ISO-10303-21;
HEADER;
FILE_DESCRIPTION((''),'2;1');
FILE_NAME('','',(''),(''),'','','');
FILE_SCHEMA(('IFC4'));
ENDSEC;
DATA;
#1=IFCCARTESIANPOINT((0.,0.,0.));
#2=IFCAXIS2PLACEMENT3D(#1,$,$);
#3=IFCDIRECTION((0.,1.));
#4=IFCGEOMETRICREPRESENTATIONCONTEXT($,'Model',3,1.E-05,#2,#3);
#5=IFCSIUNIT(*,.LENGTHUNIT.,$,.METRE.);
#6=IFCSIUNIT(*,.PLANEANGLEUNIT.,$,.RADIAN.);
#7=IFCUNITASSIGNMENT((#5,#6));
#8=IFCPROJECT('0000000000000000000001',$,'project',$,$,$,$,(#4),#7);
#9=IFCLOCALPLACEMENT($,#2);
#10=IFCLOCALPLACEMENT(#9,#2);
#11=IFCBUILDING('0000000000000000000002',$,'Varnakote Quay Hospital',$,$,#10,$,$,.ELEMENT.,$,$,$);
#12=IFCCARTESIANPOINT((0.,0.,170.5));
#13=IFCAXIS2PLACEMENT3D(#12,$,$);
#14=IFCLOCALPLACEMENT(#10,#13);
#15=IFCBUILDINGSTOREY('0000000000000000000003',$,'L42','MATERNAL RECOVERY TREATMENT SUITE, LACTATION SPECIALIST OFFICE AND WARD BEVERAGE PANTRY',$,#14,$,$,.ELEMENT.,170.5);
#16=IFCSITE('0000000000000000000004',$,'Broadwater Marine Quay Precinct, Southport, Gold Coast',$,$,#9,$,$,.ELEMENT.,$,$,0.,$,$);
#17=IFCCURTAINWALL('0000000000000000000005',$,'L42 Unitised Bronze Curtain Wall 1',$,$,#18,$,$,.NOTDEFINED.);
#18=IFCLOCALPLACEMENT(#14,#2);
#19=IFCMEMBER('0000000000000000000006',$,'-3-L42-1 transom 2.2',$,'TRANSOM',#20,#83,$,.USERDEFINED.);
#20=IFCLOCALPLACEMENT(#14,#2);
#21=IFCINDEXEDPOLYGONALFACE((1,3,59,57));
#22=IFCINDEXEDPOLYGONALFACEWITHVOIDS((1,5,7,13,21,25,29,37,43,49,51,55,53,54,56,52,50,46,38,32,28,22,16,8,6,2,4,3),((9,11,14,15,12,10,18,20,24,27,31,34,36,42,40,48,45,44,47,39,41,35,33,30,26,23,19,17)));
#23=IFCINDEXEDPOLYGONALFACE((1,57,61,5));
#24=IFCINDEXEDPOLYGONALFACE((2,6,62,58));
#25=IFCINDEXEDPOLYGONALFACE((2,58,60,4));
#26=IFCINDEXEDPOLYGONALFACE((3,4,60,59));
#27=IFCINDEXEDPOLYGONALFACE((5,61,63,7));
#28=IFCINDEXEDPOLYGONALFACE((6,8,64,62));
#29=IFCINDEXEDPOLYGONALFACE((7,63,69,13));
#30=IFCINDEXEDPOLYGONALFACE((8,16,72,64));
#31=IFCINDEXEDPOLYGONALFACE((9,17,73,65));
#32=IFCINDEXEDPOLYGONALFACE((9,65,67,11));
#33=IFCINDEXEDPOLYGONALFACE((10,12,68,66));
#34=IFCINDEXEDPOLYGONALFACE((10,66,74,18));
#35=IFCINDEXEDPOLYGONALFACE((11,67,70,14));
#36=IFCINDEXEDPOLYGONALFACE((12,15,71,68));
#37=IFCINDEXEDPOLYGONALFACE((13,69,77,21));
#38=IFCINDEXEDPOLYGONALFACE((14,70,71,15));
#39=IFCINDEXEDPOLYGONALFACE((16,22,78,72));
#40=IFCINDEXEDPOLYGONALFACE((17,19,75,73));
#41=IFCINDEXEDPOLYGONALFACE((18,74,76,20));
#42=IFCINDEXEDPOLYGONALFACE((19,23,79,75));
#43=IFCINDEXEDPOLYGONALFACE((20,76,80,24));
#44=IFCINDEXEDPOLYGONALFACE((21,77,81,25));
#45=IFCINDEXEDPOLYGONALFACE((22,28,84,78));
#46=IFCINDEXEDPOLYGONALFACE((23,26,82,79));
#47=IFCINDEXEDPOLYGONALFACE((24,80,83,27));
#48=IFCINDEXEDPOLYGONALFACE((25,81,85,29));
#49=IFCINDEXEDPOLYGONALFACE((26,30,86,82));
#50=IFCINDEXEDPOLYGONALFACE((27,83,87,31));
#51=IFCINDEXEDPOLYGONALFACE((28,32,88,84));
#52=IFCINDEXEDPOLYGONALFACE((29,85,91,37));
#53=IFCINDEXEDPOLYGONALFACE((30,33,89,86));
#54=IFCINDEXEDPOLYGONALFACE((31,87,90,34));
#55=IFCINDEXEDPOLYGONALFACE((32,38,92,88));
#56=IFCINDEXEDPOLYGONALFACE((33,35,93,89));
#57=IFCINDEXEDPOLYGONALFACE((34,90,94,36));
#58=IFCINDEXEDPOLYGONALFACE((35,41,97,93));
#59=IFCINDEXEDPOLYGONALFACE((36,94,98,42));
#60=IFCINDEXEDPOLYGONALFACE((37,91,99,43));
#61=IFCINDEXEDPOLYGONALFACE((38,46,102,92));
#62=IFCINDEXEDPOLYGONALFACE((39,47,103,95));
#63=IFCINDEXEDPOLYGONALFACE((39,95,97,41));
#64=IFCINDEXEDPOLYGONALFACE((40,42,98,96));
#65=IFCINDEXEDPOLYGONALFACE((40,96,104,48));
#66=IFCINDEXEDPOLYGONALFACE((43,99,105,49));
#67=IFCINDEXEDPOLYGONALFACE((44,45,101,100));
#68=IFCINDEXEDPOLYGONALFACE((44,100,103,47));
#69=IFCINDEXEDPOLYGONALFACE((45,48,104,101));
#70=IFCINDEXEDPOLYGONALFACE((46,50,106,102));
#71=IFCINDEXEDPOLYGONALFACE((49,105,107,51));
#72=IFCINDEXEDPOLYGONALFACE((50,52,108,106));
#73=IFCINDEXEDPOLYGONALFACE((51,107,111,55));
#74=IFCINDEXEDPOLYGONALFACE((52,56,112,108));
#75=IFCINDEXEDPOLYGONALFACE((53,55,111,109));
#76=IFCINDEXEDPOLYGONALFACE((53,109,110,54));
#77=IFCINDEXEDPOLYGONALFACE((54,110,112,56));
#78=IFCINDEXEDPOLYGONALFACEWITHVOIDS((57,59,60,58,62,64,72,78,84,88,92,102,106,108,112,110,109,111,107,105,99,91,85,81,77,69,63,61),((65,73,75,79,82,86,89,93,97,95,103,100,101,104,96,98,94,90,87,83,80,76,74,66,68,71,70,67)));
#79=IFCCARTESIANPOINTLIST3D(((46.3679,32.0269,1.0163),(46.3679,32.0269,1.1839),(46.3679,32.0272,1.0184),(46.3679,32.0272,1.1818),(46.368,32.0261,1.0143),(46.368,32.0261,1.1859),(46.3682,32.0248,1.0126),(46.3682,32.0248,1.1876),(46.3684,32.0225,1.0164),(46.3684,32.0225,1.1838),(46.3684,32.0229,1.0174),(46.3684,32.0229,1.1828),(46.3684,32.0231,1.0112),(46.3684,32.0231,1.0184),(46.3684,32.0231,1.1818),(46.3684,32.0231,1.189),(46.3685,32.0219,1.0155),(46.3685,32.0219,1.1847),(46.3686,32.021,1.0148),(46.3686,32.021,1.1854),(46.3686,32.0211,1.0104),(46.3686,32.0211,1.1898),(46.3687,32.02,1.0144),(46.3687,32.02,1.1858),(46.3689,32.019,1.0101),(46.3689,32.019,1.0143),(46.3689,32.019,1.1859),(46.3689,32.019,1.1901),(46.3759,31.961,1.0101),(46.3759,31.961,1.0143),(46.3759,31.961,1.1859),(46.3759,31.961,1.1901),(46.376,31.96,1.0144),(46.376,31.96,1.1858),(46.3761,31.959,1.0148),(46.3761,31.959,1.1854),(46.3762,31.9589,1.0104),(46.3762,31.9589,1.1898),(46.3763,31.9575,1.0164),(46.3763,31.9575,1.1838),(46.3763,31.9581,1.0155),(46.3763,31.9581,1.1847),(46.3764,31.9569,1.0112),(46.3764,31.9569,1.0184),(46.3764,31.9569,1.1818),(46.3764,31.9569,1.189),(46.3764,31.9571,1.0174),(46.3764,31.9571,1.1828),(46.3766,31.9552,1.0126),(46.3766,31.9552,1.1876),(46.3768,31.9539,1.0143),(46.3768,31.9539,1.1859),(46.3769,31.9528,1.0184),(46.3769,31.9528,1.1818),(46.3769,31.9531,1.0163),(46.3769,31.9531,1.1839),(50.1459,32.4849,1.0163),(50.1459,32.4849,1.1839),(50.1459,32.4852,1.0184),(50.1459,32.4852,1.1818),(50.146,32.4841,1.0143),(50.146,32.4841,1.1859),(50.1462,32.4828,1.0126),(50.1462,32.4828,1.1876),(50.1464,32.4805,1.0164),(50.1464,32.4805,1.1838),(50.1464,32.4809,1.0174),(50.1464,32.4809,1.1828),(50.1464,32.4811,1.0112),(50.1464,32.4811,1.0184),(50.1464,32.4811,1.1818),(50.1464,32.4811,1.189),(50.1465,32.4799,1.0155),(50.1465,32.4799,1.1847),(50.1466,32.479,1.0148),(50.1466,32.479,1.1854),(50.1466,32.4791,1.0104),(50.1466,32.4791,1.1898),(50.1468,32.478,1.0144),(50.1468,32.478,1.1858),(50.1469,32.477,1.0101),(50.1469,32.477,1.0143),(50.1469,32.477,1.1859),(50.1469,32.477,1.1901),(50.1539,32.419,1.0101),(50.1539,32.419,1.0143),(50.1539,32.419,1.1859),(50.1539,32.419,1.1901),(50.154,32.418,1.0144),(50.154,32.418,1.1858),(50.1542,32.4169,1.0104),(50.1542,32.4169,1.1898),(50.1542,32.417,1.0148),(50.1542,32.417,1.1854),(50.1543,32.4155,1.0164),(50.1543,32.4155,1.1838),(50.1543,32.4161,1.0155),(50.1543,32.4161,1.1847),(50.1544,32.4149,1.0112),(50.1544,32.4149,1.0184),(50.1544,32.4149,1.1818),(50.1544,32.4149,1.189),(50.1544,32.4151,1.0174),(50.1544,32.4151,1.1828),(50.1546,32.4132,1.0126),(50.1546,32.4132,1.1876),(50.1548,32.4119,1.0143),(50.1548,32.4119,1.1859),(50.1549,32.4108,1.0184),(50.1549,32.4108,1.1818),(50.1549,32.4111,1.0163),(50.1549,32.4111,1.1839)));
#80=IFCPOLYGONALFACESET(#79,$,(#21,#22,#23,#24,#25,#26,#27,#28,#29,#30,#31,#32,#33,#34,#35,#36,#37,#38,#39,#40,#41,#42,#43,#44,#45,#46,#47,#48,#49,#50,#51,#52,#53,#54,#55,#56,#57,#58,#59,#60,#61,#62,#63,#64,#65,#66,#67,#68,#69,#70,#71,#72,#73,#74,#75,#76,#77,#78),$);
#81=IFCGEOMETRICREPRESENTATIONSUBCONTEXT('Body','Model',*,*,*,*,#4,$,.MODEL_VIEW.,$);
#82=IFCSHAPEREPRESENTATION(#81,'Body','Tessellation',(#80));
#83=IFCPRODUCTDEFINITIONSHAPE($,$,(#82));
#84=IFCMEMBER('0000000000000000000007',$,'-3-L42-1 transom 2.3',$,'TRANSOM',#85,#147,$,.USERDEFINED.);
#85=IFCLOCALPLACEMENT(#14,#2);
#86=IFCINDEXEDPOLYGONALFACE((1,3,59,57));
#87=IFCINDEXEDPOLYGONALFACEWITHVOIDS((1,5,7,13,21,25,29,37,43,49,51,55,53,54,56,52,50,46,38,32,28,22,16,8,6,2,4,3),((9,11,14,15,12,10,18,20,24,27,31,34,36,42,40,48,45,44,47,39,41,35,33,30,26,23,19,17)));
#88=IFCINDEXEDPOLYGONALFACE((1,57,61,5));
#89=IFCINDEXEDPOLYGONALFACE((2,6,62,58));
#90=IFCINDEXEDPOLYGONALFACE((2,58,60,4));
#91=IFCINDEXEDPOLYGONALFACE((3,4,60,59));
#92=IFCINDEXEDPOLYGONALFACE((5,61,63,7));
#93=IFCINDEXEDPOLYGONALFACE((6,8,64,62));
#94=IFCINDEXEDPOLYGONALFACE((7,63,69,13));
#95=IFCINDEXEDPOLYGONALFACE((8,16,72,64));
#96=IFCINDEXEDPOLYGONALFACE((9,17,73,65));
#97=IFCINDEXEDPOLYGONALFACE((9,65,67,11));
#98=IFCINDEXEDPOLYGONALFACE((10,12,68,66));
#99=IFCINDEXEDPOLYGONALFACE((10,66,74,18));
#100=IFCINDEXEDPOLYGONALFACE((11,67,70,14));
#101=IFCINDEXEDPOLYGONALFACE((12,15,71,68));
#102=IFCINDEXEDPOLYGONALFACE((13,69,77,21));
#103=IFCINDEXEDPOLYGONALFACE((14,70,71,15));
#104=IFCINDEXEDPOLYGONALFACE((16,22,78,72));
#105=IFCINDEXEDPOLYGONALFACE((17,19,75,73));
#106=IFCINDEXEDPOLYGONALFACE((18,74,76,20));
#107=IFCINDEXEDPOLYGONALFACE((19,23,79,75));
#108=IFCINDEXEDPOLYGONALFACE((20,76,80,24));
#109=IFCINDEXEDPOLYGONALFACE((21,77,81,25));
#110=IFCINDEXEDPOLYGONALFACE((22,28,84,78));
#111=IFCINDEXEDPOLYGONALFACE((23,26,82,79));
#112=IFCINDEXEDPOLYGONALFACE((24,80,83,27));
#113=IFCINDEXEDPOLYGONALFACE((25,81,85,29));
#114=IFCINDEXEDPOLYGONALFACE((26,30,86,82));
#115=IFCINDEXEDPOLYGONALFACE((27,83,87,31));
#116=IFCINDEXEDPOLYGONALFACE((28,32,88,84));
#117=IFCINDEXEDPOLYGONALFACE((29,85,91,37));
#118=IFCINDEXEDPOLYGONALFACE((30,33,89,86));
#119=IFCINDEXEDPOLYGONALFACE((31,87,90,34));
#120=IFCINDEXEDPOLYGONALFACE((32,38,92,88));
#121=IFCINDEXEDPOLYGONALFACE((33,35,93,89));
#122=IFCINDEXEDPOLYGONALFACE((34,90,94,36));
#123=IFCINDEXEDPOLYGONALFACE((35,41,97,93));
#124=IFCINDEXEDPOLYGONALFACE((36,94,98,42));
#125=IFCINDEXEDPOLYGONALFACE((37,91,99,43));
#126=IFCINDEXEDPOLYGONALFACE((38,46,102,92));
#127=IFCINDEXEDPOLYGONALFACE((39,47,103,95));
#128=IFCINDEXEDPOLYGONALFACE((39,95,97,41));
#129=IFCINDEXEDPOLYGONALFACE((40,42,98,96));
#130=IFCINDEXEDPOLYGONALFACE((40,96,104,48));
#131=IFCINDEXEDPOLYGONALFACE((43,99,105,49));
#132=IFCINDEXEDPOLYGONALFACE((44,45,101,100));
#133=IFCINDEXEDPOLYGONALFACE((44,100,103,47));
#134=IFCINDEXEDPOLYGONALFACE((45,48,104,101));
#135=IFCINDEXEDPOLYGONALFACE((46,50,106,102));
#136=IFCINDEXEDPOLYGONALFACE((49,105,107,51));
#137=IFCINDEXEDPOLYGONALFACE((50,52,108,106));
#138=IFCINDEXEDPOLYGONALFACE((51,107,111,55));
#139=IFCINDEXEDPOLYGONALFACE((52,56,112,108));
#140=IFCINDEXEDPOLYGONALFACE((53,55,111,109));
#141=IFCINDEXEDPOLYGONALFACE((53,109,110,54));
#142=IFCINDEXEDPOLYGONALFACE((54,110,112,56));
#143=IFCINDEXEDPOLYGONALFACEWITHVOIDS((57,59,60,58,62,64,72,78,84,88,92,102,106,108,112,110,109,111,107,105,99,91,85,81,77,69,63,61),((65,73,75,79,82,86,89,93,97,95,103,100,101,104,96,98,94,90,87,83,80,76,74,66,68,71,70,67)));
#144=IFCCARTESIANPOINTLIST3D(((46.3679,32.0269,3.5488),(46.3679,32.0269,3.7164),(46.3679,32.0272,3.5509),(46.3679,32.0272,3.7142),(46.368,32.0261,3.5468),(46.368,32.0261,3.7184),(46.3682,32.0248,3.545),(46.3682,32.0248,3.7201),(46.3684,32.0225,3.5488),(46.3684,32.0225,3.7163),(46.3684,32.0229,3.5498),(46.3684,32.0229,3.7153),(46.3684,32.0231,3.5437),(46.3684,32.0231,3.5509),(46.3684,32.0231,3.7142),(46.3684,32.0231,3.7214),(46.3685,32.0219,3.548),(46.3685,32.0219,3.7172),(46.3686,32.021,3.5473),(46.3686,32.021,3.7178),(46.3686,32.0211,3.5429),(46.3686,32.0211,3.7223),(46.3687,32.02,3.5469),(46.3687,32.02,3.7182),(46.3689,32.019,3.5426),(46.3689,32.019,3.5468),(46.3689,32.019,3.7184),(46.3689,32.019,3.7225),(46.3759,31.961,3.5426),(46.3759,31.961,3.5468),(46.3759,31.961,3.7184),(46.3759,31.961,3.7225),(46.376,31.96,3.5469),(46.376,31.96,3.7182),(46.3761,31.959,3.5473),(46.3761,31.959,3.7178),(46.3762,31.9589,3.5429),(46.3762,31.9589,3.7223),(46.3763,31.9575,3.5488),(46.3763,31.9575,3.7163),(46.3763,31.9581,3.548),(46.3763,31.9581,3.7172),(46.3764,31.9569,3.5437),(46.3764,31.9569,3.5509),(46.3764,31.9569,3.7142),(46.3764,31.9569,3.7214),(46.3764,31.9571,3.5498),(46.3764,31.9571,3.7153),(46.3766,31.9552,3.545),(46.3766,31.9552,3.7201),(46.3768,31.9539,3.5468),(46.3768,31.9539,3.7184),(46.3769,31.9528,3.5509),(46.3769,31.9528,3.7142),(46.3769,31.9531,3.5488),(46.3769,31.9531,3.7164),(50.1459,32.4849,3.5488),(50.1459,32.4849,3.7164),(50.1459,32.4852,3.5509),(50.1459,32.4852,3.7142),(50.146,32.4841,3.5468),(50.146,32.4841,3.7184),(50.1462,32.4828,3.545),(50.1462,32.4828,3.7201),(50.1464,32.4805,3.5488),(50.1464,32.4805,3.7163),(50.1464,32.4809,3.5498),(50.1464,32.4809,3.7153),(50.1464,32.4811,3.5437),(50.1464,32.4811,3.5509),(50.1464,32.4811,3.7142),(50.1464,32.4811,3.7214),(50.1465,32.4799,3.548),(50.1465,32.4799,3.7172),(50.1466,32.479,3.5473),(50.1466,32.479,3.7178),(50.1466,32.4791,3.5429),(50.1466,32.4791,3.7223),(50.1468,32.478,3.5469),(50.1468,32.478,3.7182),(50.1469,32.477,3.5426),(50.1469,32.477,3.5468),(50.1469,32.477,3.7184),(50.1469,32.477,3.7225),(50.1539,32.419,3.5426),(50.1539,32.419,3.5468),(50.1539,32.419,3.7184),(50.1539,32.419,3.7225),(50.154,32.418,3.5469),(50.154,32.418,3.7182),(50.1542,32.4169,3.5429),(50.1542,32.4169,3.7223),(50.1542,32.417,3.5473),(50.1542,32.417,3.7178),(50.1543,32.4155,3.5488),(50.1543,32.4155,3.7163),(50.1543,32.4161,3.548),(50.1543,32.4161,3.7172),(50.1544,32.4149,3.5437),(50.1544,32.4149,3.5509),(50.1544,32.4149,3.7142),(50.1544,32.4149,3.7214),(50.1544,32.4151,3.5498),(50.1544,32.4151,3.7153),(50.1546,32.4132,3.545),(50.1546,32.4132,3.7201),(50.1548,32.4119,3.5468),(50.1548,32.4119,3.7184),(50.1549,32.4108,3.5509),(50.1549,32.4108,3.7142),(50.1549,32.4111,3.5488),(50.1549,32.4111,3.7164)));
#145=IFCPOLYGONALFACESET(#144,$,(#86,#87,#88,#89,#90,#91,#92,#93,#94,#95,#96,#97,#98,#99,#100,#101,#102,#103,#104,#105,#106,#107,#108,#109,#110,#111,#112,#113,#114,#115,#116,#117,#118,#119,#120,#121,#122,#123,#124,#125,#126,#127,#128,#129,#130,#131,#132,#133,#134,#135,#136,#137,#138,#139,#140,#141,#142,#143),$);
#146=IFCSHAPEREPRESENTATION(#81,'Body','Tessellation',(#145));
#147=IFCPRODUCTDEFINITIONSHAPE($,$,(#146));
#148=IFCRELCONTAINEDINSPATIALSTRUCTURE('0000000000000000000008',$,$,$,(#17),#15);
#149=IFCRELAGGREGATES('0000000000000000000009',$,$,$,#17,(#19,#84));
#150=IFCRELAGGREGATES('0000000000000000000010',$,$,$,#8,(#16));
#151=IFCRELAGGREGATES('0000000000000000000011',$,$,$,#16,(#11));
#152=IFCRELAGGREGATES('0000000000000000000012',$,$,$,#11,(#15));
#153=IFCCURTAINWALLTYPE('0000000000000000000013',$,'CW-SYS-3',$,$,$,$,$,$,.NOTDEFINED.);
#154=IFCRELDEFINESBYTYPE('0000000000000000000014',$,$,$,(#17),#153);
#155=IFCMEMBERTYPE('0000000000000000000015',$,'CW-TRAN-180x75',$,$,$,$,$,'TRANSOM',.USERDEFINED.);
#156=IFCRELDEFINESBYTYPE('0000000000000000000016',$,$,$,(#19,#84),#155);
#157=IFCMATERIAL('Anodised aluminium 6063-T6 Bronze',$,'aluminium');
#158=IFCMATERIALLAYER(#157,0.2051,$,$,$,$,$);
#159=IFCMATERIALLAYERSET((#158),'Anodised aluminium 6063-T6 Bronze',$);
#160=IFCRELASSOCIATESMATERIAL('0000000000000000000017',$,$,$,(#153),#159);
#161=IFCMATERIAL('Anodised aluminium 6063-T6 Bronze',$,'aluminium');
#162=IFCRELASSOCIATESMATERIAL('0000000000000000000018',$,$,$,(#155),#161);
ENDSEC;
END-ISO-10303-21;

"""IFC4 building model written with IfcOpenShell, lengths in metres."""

from ifc_helpers import new_model, si_unit, direction, frame, origin, origin_2d, place, context, subcontext, project, spatial, hollow_rectangle, extrude, material, layer, layer_set, material_profile, profile_set, type_object, element, aggregate, save


model = new_model("IFC4")

# Units and contexts
model_context = context("Model", 3, precision=1e-05, world=origin(), true_north=direction((0.0, 1.0)))
body_context = subcontext(model_context, "Body", "Model", "MODEL_VIEW")
ifc_project = project(units=[si_unit("LENGTHUNIT", "METRE"), si_unit("PLANEANGLEUNIT", "RADIAN")], contexts=[model_context])

# Site, building, storey
site_placement = place(None, origin())
site = spatial("IfcSite", under=ifc_project, at=site_placement, Name="Broadwater Marine Quay Precinct, Southport, Gold Coast", CompositionType="ELEMENT", RefElevation=0.0)
building_placement = place(site_placement, origin())
building = spatial("IfcBuilding", under=site, at=building_placement, Name="Varnakote Quay Hospital", CompositionType="ELEMENT")
storey_placement = place(building_placement, frame((0.0, 0.0, 170.5)))
storey = spatial("IfcBuildingStorey", under=building, at=storey_placement, Name="L42", Description="MATERNAL RECOVERY TREATMENT SUITE, LACTATION SPECIALIST OFFICE AND WARD BEVERAGE PANTRY", CompositionType="ELEMENT", Elevation=170.5)

# Curtain wall, members
ifc_material_1 = material(Name="Anodised aluminium 6063-T6 Bronze", Category="aluminium")
ifc_layer_1 = layer(ifc_material_1, 0.2051)
ifc_layer_set_1 = layer_set([ifc_layer_1], Name="Anodised aluminium 6063-T6 Bronze")
curtain_wall_type = type_object("IfcCurtainWallType", Name="CW-SYS-3", PredefinedType="NOTDEFINED", material=ifc_layer_set_1)
curtain_wall_placement = place(storey_placement, origin())
curtain_wall = element("IfcCurtainWall", 1, at=curtain_wall_placement, inside=storey, type_object=curtain_wall_type, Name="L42 Unitised Bronze Curtain Wall 1", PredefinedType="NOTDEFINED")
ifc_material_2 = material(Name="Anodised aluminium 6063-T6 Bronze", Category="aluminium")
ifc_material_profile_1 = material_profile(ifc_material_2, hollow_rectangle(XDim=0.075, YDim=0.1799, WallThickness=0.0042, InnerFilletRadius=0.0042, OuterFilletRadius=0.0083, at=origin_2d()), Name="CW-TRAN-180x75")
ifc_profile_set_1 = profile_set([ifc_material_profile_1], Name="Anodised aluminium 6063-T6 Bronze")
member_type_1 = type_object("IfcMemberType", Name="CW-TRAN-180x75", ElementType="TRANSOM", PredefinedType="USERDEFINED", material=ifc_profile_set_1)
member_1_placement = place(storey_placement, frame((50.1504, 32.448, 1.1001), z_axis=(-0.992732, -0.120347, 0.0), x_axis=(0.120347, -0.992732, 0.0)))
member_1 = element("IfcMember", 2, at=member_1_placement, type_object=member_type_1, Name="-3-L42-1 transom 2.2", ObjectType="TRANSOM", PredefinedType="USERDEFINED", context=body_context, shape_type="SweptSolid", body=[
    extrude(hollow_rectangle(XDim=0.075, YDim=0.1799, WallThickness=0.0042, InnerFilletRadius=0.0042, OuterFilletRadius=0.0083, at=origin_2d()), origin(), (0.0, 0.0, 1.0), 3.8057),
])
member_2_placement = place(storey_placement, frame((50.1504, 32.448, 3.6326), z_axis=(-0.992732, -0.120347, 0.0), x_axis=(0.120347, -0.992732, 0.0)))
member_2 = element("IfcMember", 3, at=member_2_placement, type_object=member_type_1, Name="-3-L42-1 transom 2.3", ObjectType="TRANSOM", PredefinedType="USERDEFINED", context=body_context, shape_type="SweptSolid", body=[
    extrude(hollow_rectangle(XDim=0.075, YDim=0.1799, WallThickness=0.0042, InnerFilletRadius=0.0042, OuterFilletRadius=0.0083, at=origin_2d()), origin(), (0.0, 0.0, 1.0), 3.8057),
])

aggregate(curtain_wall, [member_1, member_2])

save(model, "model.ifc")
